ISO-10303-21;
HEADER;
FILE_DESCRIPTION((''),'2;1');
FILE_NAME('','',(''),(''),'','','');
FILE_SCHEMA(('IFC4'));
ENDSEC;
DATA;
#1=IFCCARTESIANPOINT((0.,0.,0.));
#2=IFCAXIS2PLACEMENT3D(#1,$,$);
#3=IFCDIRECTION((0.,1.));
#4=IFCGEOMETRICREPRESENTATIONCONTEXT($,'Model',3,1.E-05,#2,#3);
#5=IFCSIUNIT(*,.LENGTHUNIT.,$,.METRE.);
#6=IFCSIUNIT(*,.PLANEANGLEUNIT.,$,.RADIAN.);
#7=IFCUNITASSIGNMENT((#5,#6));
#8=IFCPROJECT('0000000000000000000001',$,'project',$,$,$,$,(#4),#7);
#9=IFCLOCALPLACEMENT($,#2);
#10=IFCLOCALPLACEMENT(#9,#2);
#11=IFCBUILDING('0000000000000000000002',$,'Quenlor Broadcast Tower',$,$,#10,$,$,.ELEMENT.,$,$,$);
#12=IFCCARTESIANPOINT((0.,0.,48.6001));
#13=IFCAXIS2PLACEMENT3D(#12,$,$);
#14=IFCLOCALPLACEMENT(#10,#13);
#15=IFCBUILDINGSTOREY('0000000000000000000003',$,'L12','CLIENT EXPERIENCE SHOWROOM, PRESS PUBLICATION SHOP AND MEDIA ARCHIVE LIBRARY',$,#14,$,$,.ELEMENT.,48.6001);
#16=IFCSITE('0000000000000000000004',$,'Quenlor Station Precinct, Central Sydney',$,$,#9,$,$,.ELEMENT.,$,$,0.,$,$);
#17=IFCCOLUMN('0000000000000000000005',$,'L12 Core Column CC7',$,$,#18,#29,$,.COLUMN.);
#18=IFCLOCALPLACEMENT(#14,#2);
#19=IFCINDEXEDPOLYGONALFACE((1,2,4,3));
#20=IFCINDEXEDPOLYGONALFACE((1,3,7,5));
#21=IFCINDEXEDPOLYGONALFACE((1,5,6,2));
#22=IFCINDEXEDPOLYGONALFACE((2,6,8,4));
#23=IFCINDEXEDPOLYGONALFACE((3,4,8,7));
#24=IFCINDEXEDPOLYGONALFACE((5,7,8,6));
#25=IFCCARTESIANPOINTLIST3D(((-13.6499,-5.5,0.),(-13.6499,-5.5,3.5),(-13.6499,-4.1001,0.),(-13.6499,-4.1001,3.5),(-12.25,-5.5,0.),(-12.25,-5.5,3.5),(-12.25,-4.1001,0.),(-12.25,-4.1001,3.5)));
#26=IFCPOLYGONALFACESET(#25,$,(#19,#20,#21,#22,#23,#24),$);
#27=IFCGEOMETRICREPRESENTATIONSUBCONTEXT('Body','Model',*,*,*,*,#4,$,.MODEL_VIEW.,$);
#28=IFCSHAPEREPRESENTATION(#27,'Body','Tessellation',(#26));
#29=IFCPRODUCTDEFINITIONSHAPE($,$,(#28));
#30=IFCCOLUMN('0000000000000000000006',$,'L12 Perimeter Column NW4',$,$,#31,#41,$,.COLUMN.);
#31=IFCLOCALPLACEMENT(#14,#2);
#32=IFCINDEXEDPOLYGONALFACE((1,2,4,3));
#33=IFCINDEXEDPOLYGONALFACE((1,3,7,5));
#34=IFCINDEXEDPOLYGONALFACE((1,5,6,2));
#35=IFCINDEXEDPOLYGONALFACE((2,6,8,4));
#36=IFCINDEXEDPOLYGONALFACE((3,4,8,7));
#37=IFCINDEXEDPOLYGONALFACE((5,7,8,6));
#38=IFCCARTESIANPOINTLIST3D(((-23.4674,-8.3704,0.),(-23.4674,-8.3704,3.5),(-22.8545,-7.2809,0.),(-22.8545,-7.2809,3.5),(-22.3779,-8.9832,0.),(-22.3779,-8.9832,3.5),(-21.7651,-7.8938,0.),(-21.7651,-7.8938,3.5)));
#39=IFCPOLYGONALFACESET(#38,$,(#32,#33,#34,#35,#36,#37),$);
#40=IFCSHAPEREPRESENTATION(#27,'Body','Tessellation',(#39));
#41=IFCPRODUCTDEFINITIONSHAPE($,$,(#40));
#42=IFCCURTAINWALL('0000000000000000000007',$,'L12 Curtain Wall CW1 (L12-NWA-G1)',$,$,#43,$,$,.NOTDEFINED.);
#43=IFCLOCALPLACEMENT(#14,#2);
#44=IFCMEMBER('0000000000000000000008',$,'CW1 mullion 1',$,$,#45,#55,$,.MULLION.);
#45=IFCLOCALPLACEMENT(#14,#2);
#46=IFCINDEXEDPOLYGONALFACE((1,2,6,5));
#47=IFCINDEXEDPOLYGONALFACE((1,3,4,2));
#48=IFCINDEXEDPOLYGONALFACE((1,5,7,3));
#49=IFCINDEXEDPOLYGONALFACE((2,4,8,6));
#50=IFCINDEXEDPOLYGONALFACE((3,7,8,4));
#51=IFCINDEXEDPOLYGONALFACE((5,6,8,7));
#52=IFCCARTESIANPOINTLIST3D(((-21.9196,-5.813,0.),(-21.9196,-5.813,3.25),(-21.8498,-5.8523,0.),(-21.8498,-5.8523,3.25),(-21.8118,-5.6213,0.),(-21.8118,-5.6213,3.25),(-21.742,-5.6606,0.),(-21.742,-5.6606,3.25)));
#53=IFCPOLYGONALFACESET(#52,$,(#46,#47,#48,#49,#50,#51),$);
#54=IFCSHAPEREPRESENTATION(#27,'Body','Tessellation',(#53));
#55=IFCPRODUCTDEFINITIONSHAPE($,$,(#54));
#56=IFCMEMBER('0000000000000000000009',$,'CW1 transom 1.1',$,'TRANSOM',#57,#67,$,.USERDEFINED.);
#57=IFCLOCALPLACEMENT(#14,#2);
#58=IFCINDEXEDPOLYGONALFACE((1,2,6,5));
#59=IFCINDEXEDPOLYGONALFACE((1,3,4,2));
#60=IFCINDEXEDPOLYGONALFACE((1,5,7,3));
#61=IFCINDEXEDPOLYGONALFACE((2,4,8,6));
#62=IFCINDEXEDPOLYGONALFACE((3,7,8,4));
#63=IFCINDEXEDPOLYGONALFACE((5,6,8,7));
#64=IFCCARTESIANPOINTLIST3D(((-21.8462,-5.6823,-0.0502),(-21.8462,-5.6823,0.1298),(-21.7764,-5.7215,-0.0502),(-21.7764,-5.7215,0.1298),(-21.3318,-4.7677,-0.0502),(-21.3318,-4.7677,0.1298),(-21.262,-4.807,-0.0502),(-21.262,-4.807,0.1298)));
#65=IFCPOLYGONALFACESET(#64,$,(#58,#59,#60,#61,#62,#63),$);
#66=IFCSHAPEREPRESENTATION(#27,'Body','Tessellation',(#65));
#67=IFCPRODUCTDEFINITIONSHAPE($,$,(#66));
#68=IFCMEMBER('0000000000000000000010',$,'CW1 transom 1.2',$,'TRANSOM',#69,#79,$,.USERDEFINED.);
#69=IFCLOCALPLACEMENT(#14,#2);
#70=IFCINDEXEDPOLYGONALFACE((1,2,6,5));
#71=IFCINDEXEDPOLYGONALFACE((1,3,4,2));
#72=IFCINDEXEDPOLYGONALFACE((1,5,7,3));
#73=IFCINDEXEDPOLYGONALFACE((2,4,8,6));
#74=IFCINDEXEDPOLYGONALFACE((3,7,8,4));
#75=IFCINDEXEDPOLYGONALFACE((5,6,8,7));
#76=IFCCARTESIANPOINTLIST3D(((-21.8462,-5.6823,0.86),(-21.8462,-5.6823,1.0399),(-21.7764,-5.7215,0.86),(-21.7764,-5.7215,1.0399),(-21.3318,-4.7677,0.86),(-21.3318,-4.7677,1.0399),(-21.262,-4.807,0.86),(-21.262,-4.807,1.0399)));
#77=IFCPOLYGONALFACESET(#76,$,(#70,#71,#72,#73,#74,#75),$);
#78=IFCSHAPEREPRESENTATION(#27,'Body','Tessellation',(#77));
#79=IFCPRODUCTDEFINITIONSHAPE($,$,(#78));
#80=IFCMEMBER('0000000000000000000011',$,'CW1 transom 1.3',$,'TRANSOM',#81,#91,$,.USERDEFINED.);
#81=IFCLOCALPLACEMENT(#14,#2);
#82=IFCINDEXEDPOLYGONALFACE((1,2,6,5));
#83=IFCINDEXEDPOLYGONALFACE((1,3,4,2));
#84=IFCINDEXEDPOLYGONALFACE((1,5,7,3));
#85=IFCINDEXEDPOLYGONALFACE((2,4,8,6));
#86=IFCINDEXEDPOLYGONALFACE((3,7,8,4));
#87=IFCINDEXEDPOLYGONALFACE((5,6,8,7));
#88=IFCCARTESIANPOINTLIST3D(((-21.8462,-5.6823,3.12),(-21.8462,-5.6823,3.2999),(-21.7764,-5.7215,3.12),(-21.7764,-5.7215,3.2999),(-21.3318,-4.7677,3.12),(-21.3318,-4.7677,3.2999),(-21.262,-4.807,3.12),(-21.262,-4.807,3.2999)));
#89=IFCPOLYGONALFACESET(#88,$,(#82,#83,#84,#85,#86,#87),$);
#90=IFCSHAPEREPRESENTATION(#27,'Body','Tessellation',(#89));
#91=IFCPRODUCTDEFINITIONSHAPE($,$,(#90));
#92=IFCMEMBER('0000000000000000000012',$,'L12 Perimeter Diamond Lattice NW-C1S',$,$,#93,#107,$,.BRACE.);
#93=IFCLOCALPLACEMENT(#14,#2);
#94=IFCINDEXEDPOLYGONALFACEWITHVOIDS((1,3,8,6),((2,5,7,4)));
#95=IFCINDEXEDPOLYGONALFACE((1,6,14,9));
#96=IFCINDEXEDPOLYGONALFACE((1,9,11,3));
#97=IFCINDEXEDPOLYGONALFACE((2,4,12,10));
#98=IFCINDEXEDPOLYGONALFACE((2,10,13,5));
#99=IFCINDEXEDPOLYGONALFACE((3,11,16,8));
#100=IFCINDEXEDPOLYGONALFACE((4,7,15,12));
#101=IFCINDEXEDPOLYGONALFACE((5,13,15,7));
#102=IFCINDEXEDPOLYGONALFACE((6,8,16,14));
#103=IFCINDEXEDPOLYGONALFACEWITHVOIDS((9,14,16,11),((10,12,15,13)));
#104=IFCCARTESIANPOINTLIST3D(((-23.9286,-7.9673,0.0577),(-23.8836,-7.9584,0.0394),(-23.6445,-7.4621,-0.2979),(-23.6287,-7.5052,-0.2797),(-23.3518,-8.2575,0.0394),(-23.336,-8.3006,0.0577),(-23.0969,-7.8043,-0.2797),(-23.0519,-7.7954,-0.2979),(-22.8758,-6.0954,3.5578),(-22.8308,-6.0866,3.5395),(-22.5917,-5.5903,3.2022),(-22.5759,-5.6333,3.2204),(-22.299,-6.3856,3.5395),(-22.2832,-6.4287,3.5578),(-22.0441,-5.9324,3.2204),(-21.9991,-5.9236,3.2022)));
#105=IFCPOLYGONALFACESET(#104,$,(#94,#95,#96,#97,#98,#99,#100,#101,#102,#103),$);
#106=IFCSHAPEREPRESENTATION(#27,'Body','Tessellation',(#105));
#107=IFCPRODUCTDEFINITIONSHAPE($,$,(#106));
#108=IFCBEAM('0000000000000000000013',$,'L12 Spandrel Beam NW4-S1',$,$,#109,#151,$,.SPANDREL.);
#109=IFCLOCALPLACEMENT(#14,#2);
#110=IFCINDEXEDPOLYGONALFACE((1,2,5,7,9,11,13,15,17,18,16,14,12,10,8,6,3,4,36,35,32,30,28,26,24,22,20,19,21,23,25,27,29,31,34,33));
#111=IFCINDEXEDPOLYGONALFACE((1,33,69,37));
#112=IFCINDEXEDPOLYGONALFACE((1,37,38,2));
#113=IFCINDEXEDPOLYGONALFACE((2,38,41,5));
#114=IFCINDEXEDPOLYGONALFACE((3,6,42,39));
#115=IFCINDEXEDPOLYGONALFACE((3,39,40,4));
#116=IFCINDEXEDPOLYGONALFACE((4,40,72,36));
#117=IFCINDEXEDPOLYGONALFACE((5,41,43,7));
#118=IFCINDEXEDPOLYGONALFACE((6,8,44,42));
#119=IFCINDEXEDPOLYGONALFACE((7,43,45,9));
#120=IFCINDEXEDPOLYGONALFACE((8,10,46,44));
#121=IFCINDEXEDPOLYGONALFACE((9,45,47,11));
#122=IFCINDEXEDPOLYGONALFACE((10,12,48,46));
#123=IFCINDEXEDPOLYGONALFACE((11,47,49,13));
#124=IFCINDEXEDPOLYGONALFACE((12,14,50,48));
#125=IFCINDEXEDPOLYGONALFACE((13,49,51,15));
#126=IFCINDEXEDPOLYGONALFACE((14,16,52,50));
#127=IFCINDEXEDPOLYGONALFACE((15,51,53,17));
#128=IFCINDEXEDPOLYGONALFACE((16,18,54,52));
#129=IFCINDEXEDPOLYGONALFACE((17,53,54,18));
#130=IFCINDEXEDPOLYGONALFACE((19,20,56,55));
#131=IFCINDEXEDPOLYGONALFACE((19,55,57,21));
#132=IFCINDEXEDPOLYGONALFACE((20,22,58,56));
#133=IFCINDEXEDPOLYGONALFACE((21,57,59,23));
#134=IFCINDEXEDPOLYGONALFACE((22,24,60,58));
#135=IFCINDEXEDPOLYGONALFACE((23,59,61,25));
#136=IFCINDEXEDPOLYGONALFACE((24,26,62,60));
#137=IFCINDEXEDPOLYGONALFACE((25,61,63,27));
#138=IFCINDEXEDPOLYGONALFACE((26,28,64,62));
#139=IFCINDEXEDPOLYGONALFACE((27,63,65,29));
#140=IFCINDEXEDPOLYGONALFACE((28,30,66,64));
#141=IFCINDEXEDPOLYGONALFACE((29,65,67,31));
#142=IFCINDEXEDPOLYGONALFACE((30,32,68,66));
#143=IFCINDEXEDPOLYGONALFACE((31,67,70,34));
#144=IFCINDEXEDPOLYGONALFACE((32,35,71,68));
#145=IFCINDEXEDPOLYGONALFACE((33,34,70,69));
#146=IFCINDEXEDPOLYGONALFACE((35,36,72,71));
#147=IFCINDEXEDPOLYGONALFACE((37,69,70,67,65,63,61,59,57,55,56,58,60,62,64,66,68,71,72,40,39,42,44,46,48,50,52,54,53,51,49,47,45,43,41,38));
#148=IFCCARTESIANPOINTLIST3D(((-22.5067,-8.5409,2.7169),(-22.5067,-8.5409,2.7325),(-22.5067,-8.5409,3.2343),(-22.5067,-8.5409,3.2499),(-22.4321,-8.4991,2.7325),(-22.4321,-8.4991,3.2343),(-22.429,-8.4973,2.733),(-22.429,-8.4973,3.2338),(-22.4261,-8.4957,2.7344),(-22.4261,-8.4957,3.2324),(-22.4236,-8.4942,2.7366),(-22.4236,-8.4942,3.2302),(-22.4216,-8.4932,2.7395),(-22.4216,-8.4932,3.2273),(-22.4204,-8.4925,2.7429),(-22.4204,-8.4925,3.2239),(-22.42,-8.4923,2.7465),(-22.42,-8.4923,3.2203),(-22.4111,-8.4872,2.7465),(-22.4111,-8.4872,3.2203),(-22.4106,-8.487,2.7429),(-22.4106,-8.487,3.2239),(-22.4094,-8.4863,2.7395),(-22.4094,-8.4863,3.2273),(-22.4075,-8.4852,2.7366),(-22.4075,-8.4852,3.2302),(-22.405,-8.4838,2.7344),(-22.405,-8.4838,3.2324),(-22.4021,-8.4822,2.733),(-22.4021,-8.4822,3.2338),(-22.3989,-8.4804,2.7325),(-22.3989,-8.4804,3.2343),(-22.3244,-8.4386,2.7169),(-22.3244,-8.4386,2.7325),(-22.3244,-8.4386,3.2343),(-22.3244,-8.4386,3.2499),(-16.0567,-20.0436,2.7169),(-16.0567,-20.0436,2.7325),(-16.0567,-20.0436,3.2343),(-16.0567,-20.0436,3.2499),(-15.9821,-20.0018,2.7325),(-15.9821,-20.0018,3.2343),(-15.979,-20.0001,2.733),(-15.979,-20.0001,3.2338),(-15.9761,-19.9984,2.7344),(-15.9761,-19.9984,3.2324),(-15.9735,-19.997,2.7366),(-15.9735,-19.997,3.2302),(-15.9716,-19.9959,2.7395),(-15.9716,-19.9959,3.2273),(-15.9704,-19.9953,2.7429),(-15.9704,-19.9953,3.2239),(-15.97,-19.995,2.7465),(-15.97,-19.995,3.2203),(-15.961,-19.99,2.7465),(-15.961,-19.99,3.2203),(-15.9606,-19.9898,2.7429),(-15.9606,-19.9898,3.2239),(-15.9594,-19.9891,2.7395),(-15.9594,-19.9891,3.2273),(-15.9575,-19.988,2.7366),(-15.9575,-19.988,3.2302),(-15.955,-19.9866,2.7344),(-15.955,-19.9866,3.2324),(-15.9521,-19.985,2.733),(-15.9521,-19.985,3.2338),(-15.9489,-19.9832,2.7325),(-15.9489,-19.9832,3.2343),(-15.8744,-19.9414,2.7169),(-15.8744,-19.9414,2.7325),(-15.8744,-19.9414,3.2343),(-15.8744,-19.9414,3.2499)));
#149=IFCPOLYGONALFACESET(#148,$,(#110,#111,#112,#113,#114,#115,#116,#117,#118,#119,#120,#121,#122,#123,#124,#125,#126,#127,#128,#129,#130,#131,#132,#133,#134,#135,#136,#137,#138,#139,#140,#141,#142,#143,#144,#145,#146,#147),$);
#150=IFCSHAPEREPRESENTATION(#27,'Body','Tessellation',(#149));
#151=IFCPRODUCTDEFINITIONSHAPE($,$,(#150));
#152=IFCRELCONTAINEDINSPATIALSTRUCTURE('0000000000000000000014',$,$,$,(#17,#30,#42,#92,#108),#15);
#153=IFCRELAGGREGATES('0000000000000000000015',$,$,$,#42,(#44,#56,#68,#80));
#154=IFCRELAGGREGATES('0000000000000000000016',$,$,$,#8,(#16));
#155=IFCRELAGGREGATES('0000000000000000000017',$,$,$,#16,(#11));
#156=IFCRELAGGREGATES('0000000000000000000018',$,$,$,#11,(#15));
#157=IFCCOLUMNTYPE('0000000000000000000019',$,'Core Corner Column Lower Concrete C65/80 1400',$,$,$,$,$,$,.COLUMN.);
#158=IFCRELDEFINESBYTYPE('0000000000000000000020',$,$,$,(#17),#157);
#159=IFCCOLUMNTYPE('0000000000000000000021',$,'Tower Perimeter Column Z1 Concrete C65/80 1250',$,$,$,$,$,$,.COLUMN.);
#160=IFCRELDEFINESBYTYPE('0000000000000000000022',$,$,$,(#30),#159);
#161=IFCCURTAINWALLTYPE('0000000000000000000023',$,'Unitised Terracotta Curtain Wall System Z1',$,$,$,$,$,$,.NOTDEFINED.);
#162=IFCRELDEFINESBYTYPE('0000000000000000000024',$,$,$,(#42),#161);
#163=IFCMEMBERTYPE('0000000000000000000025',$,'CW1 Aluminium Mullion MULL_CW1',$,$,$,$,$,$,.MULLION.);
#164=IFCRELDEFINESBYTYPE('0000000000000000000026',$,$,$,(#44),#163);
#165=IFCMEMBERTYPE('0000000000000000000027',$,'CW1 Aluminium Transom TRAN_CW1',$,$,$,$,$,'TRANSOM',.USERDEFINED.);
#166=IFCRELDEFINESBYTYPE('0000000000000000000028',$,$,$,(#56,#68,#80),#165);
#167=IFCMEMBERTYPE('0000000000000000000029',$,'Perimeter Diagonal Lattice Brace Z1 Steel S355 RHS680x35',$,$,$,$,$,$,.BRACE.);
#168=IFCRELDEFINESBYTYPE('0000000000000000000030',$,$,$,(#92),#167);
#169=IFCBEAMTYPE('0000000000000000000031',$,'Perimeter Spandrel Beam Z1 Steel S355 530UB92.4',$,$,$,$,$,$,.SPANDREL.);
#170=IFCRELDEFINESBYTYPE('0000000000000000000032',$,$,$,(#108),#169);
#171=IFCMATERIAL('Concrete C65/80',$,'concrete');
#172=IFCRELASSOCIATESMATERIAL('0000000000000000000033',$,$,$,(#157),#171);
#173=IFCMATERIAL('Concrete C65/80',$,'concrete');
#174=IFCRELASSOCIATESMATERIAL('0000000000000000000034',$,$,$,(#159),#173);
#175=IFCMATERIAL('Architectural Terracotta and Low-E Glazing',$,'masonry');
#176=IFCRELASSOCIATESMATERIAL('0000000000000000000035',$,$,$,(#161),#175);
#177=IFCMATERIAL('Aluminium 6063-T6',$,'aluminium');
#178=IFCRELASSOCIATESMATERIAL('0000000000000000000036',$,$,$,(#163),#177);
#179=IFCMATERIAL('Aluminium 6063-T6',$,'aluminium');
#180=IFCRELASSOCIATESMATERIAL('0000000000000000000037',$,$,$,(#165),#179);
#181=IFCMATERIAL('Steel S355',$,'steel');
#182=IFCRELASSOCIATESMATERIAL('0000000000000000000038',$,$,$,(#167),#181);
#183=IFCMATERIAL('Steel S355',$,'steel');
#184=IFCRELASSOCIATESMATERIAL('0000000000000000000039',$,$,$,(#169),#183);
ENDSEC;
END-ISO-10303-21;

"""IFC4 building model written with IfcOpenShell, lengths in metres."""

from ifc_helpers import new_model, si_unit, direction, frame, origin, origin_2d, place, context, subcontext, project, spatial, rectangle, hollow_rectangle, i_section, extrude, material, material_profile, profile_set, type_object, element, aggregate, save


model = new_model("IFC4")

# Units and contexts
model_context = context("Model", 3, precision=1e-05, world=origin(), true_north=direction((0.0, 1.0)))
body_context = subcontext(model_context, "Body", "Model", "MODEL_VIEW")
ifc_project = project(units=[si_unit("LENGTHUNIT", "METRE"), si_unit("PLANEANGLEUNIT", "RADIAN")], contexts=[model_context])

# Site, building, storey
site_placement = place(None, origin())
site = spatial("IfcSite", under=ifc_project, at=site_placement, Name="Quenlor Station Precinct, Central Sydney", CompositionType="ELEMENT", RefElevation=0.0)
building_placement = place(site_placement, origin())
building = spatial("IfcBuilding", under=site, at=building_placement, Name="Quenlor Broadcast Tower", CompositionType="ELEMENT")
storey_placement = place(building_placement, frame((0.0, 0.0, 48.6001)))
storey = spatial("IfcBuildingStorey", under=building, at=storey_placement, Name="L12", Description="CLIENT EXPERIENCE SHOWROOM, PRESS PUBLICATION SHOP AND MEDIA ARCHIVE LIBRARY", CompositionType="ELEMENT", Elevation=48.6001)

# Columns
ifc_material_1 = material(Name="Concrete C65/80", Category="concrete")
ifc_material_profile_1 = material_profile(ifc_material_1, rectangle(XDim=1.3999, YDim=1.3999, at=origin_2d()))
ifc_profile_set_1 = profile_set([ifc_material_profile_1], Name="Concrete C65/80 RC1400x1400")
column_type_1 = type_object("IfcColumnType", Name="Core Corner Column Lower Concrete C65/80 1400", PredefinedType="COLUMN", material=ifc_profile_set_1)
column_1_placement = place(storey_placement, frame((-12.95, -4.8, 0.0), z_axis=(0.0, 0.0, 1.0), x_axis=(1.0, 0.0, 0.0)))
element("IfcColumn", 1, at=column_1_placement, inside=storey, type_object=column_type_1, Name="L12 Core Column CC7", PredefinedType="COLUMN", context=body_context, shape_type="SweptSolid", body=[
    extrude(rectangle(XDim=1.3999, YDim=1.3999, at=origin_2d()), origin(), (0.0, 0.0, 1.0), 3.5),
])
ifc_material_2 = material(Name="Concrete C65/80", Category="concrete")
ifc_material_profile_2 = material_profile(ifc_material_2, rectangle(XDim=1.25, YDim=1.25, at=origin_2d()))
ifc_profile_set_2 = profile_set([ifc_material_profile_2], Name="Concrete C65/80 RC1250x1250")
column_type_2 = type_object("IfcColumnType", Name="Tower Perimeter Column Z1 Concrete C65/80 1250", PredefinedType="COLUMN", material=ifc_profile_set_2)
column_2_placement = place(storey_placement, frame((-22.6162, -8.1321, 0.0), z_axis=(0.0, 0.0, 1.0), x_axis=(-0.871575, 0.490262, 0.0)))
element("IfcColumn", 2, at=column_2_placement, inside=storey, type_object=column_type_2, Name="L12 Perimeter Column NW4", PredefinedType="COLUMN", context=body_context, shape_type="SweptSolid", body=[
    extrude(rectangle(XDim=1.25, YDim=1.25, at=origin_2d()), origin(), (0.0, 0.0, 1.0), 3.5),
])

# Curtain wall, members
ifc_material_3 = material(Name="Architectural Terracotta and Low-E Glazing", Category="masonry")
curtain_wall_type = type_object("IfcCurtainWallType", Name="Unitised Terracotta Curtain Wall System Z1", PredefinedType="NOTDEFINED", material=ifc_material_3)
curtain_wall_placement = place(storey_placement, origin())
curtain_wall = element("IfcCurtainWall", 3, at=curtain_wall_placement, inside=storey, type_object=curtain_wall_type, Name="L12 Curtain Wall CW1 (L12-NWA-G1)", PredefinedType="NOTDEFINED")
ifc_material_4 = material(Name="Aluminium 6063-T6", Category="aluminium")
ifc_material_profile_3 = material_profile(ifc_material_4, rectangle(XDim=0.0801, YDim=0.22, at=origin_2d()))
ifc_profile_set_3 = profile_set([ifc_material_profile_3], Name="Aluminium 6063-T6 MULL80x220")
member_type_1 = type_object("IfcMemberType", Name="CW1 Aluminium Mullion MULL_CW1", PredefinedType="MULLION", material=ifc_profile_set_3)
member_1_placement = place(storey_placement, frame((-21.8308, -5.7368, 0.0), z_axis=(0.0, 0.0, 1.0), x_axis=(-0.871567, 0.490277, 0.0)))
member_1 = element("IfcMember", 4, at=member_1_placement, type_object=member_type_1, Name="CW1 mullion 1", PredefinedType="MULLION", context=body_context, shape_type="SweptSolid", body=[
    extrude(rectangle(XDim=0.0801, YDim=0.22, at=origin_2d()), origin(), (0.0, 0.0, 1.0), 3.25),
])
ifc_material_5 = material(Name="Aluminium 6063-T6", Category="aluminium")
ifc_material_profile_4 = material_profile(ifc_material_5, rectangle(XDim=0.0801, YDim=0.1799, at=origin_2d()))
ifc_profile_set_4 = profile_set([ifc_material_profile_4], Name="Aluminium 6063-T6 TRAN80x180")
member_type_2 = type_object("IfcMemberType", Name="CW1 Aluminium Transom TRAN_CW1", ElementType="TRANSOM", PredefinedType="USERDEFINED", material=ifc_profile_set_4)
member_2_placement = place(storey_placement, frame((-21.8113, -5.7019, 0.0398), z_axis=(0.490239, 0.871588, 0.0), x_axis=(-0.871588, 0.490239, 0.0)))
member_2 = element("IfcMember", 5, at=member_2_placement, type_object=member_type_2, Name="CW1 transom 1.1", ObjectType="TRANSOM", PredefinedType="USERDEFINED", context=body_context, shape_type="SweptSolid", body=[
    extrude(rectangle(XDim=0.0801, YDim=0.1799, at=origin_2d()), origin(), (0.0, 0.0, 1.0), 1.0493),
])
member_3_placement = place(storey_placement, frame((-21.8113, -5.7019, 0.95), z_axis=(0.490239, 0.871588, 0.0), x_axis=(-0.871588, 0.490239, 0.0)))
member_3 = element("IfcMember", 6, at=member_3_placement, type_object=member_type_2, Name="CW1 transom 1.2", ObjectType="TRANSOM", PredefinedType="USERDEFINED", context=body_context, shape_type="SweptSolid", body=[
    extrude(rectangle(XDim=0.0801, YDim=0.1799, at=origin_2d()), origin(), (0.0, 0.0, 1.0), 1.0493),
])
member_4_placement = place(storey_placement, frame((-21.8113, -5.7019, 3.21), z_axis=(0.490239, 0.871588, 0.0), x_axis=(-0.871588, 0.490239, 0.0)))
member_4 = element("IfcMember", 7, at=member_4_placement, type_object=member_type_2, Name="CW1 transom 1.3", ObjectType="TRANSOM", PredefinedType="USERDEFINED", context=body_context, shape_type="SweptSolid", body=[
    extrude(rectangle(XDim=0.0801, YDim=0.1799, at=origin_2d()), origin(), (0.0, 0.0, 1.0), 1.0493),
])

# Member
ifc_material_6 = material(Name="Steel S355", Category="steel")
ifc_material_profile_5 = material_profile(ifc_material_6, hollow_rectangle(XDim=0.6799, YDim=0.6799, WallThickness=0.0349, at=origin_2d()))
ifc_profile_set_5 = profile_set([ifc_material_profile_5], Name="Steel S355 RHS680x680x35")
member_type_3 = type_object("IfcMemberType", Name="Perimeter Diagonal Lattice Brace Z1 Steel S355 RHS680x35", PredefinedType="BRACE", material=ifc_profile_set_5)
member_5_placement = place(storey_placement, frame((-23.4902, -7.8813, -0.1201), z_axis=(0.256368, 0.455839, 0.852342), x_axis=(-0.871609, 0.490202, 0.0)))
element("IfcMember", 8, at=member_5_placement, inside=storey, type_object=member_type_3, Name="L12 Perimeter Diamond Lattice NW-C1S", PredefinedType="BRACE", context=body_context, shape_type="SweptSolid", body=[
    extrude(hollow_rectangle(XDim=0.6799, YDim=0.6799, WallThickness=0.0349, at=origin_2d()), origin(), (0.0, 0.0, 1.0), 4.1064),
])

# Beam
ifc_material_7 = material(Name="Steel S355", Category="steel")
ifc_material_profile_6 = material_profile(ifc_material_7, i_section(OverallWidth=0.209, OverallDepth=0.533, WebThickness=0.0103, FlangeThickness=0.0156, FilletRadius=0.0139, at=origin_2d()))
ifc_profile_set_6 = profile_set([ifc_material_profile_6], Name="Steel S355 530UB92.4")
beam_type_1 = type_object("IfcBeamType", Name="Perimeter Spandrel Beam Z1 Steel S355 530UB92.4", PredefinedType="SPANDREL", material=ifc_profile_set_6)
beam_1_placement = place(storey_placement, frame((-22.4155, -8.4897, 2.9834), z_axis=(0.489091, -0.872233, 0.0), x_axis=(0.872233, 0.489091, 0.0)))
element("IfcBeam", 9, at=beam_1_placement, inside=storey, type_object=beam_type_1, Name="L12 Spandrel Beam NW4-S1", PredefinedType="SPANDREL", context=body_context, shape_type="SweptSolid", body=[
    extrude(i_section(OverallWidth=0.209, OverallDepth=0.533, WebThickness=0.0103, FlangeThickness=0.0156, FilletRadius=0.0139, at=origin_2d()), origin(), (0.0, 0.0, 1.0), 13.1877),
])

aggregate(curtain_wall, [member_1, member_2, member_3, member_4])

save(model, "model.ifc")
